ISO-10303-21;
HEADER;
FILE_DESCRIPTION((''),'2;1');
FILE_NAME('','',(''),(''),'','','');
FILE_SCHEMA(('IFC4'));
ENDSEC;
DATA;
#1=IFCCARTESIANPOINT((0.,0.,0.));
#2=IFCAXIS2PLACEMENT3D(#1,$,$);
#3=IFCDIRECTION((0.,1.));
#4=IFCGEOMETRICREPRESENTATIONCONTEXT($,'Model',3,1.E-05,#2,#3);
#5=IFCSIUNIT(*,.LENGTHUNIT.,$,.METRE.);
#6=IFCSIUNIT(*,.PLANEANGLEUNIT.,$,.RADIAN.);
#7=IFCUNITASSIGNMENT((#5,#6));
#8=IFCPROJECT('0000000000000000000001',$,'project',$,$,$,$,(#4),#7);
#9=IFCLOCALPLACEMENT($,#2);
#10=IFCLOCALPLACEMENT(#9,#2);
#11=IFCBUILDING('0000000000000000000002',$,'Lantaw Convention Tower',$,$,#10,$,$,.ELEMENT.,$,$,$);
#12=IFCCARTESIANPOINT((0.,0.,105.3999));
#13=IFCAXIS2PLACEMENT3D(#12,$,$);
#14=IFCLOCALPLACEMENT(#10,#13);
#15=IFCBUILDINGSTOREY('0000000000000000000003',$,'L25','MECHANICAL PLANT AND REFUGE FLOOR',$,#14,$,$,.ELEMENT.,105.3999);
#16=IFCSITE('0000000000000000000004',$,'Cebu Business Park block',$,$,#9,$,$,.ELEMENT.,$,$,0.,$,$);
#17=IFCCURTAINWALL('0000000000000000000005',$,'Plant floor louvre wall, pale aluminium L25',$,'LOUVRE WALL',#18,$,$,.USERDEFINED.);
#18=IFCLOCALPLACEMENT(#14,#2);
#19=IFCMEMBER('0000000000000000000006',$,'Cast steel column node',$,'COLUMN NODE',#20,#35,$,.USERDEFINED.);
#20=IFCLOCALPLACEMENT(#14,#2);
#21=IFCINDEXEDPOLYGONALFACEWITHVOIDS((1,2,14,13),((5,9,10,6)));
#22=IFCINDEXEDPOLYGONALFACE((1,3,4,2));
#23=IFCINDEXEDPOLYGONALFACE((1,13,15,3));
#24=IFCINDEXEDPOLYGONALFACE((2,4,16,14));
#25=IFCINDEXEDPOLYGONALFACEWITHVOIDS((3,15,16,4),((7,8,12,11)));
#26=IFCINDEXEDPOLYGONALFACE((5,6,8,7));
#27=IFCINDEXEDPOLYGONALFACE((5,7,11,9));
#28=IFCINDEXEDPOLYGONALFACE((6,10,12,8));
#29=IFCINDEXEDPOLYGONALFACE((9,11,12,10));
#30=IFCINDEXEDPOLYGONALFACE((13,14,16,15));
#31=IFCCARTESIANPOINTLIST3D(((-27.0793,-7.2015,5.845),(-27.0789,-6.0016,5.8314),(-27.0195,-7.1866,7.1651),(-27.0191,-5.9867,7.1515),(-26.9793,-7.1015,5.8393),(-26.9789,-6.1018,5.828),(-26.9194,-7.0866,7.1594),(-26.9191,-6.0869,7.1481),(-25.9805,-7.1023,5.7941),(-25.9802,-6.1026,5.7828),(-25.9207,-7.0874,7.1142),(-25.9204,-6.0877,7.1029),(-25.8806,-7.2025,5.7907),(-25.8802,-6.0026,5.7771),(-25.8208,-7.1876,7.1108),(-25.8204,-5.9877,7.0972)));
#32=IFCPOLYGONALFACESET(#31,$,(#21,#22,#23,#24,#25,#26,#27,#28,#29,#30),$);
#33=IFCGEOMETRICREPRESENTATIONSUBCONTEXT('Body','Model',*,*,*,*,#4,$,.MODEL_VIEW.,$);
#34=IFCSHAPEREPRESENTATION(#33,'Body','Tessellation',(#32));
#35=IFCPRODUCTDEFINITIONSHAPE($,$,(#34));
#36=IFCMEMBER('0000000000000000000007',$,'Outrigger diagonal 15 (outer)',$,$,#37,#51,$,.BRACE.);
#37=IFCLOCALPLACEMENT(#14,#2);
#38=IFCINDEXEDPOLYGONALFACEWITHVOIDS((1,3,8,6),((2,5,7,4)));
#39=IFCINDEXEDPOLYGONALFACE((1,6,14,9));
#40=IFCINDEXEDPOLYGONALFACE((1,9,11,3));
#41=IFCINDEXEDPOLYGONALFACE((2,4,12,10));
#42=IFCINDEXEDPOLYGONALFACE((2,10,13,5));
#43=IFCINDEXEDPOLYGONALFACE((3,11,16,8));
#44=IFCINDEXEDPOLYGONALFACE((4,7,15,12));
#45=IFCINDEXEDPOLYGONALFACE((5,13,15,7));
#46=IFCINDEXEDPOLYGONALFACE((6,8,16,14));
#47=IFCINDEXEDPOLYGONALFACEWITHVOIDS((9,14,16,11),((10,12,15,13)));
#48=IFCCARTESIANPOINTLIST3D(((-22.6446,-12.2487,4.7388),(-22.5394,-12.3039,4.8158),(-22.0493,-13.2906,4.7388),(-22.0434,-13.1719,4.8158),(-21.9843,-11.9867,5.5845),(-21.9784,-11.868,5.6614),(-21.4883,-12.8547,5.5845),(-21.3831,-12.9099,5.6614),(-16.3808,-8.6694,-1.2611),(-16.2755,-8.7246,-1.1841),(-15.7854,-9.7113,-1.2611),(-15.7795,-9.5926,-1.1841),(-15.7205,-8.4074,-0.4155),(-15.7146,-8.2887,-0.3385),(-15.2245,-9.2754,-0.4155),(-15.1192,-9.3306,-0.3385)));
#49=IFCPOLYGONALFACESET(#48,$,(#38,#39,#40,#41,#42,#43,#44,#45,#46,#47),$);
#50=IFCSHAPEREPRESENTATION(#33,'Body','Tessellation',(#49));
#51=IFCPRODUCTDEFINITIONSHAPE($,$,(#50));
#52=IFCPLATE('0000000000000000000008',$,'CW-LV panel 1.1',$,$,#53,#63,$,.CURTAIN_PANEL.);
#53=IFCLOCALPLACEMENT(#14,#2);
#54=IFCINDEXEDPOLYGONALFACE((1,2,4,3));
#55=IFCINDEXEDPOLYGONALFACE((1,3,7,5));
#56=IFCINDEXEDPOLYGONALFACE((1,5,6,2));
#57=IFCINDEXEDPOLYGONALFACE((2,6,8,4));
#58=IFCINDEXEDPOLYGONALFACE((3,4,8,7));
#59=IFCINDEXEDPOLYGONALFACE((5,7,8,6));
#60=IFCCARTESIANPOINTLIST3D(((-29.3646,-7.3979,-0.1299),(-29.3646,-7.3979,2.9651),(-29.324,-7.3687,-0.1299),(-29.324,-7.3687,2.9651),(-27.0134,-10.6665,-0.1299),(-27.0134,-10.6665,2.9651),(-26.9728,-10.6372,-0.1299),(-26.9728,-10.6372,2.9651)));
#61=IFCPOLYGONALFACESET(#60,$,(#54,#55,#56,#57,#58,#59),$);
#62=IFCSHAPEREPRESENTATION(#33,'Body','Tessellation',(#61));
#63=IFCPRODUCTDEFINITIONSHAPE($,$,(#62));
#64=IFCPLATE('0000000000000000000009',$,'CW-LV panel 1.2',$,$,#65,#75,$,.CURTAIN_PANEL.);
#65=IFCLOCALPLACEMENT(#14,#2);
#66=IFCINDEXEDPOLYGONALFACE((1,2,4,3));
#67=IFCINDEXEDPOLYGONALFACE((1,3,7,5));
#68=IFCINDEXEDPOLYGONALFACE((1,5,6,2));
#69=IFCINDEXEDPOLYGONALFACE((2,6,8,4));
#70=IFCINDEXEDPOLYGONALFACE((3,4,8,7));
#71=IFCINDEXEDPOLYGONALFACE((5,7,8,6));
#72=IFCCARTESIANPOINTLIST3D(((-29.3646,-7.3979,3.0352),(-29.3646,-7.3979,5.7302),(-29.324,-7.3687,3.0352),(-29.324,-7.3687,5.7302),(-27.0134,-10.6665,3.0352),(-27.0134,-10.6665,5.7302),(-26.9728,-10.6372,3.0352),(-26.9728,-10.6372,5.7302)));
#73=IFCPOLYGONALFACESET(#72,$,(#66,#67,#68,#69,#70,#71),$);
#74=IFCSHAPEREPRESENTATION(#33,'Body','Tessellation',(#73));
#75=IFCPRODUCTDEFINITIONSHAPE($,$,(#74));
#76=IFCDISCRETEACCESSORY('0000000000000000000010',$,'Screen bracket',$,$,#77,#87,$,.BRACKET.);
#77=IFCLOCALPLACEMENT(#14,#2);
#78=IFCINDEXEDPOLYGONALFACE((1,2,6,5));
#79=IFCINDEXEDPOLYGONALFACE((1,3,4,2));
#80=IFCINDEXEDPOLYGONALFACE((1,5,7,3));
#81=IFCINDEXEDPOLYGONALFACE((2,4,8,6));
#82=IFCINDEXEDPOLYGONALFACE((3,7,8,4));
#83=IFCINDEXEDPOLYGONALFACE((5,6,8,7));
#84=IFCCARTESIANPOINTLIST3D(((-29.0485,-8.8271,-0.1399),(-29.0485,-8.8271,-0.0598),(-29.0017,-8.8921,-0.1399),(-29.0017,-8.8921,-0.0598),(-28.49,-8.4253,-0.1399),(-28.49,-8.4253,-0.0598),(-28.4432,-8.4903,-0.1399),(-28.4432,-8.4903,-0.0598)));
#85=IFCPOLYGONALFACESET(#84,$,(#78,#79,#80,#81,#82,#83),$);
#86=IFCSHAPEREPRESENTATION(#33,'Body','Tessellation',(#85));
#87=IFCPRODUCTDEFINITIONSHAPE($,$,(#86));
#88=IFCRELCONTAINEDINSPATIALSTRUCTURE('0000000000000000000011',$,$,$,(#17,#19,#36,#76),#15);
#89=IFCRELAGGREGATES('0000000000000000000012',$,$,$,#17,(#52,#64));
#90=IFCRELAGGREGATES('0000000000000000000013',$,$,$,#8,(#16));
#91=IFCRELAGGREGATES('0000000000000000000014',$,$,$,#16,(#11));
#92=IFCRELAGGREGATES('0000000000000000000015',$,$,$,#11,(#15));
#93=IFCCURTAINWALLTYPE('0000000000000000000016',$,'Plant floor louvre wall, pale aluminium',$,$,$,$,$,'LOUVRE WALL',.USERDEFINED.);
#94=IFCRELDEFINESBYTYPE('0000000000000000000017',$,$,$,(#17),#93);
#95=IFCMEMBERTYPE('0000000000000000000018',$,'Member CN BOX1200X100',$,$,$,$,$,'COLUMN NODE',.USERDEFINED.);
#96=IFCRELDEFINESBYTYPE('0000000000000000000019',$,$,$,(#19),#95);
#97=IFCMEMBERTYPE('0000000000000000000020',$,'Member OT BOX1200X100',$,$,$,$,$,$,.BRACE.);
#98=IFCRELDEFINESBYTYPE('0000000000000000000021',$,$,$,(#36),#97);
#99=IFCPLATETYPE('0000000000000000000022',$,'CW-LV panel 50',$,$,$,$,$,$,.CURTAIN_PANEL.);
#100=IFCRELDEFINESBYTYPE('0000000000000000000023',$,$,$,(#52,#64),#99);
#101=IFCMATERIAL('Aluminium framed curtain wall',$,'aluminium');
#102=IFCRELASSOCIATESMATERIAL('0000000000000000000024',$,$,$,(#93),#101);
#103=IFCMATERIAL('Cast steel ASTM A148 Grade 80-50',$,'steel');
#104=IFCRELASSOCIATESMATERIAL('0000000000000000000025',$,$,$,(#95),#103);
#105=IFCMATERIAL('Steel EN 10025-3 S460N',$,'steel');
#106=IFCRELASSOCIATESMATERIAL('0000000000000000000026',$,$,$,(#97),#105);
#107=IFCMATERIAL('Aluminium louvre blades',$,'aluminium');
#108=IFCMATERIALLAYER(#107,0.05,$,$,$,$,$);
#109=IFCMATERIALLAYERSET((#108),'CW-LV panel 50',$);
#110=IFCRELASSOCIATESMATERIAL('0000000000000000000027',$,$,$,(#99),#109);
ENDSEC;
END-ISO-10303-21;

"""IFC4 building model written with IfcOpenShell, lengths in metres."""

from ifc_helpers import new_model, si_unit, direction, frame, origin, origin_2d, place, context, subcontext, project, spatial, rectangle, hollow_rectangle, extrude, material, layer, layer_set, material_profile, profile_set, type_object, element, aggregate, save


model = new_model("IFC4")

# Units and contexts
model_context = context("Model", 3, precision=1e-05, world=origin(), true_north=direction((0.0, 1.0)))
body_context = subcontext(model_context, "Body", "Model", "MODEL_VIEW")
ifc_project = project(units=[si_unit("LENGTHUNIT", "METRE"), si_unit("PLANEANGLEUNIT", "RADIAN")], contexts=[model_context])

# Site, building, storey
site_placement = place(None, origin())
site = spatial("IfcSite", under=ifc_project, at=site_placement, Name="Cebu Business Park block", CompositionType="ELEMENT", RefElevation=0.0)
building_placement = place(site_placement, origin())
building = spatial("IfcBuilding", under=site, at=building_placement, Name="Lantaw Convention Tower", CompositionType="ELEMENT")
storey_placement = place(building_placement, frame((0.0, 0.0, 105.3999)))
storey = spatial("IfcBuildingStorey", under=building, at=storey_placement, Name="L25", Description="MECHANICAL PLANT AND REFUGE FLOOR", CompositionType="ELEMENT", Elevation=105.3999)

# Shared definitions
ifc_material_1 = material(Name="Steel EN 10025-3 S460N", Category="steel")

# Curtain wall
ifc_material_2 = material(Name="Aluminium framed curtain wall", Category="aluminium")
curtain_wall_type = type_object("IfcCurtainWallType", Name="Plant floor louvre wall, pale aluminium", ElementType="LOUVRE WALL", PredefinedType="USERDEFINED", material=ifc_material_2)
curtain_wall_placement = place(storey_placement, origin())
curtain_wall = element("IfcCurtainWall", 1, at=curtain_wall_placement, inside=storey, type_object=curtain_wall_type, Name="Plant floor louvre wall, pale aluminium L25", ObjectType="LOUVRE WALL", PredefinedType="USERDEFINED")

# Members
ifc_material_3 = material(Name="Cast steel ASTM A148 Grade 80-50", Category="steel")
ifc_material_profile_1 = material_profile(ifc_material_3, hollow_rectangle(XDim=1.2, YDim=1.2, WallThickness=0.1001, at=origin_2d()), Name="BOX1200X100")
ifc_profile_set_1 = profile_set([ifc_material_profile_1], Name="Cast steel ASTM A148 Grade 80-50")
member_type_1 = type_object("IfcMemberType", Name="Member CN BOX1200X100", ElementType="COLUMN NODE", PredefinedType="USERDEFINED", material=ifc_profile_set_1)
member_1_placement = place(storey_placement, frame((-26.4797, -6.6021, 5.811), z_axis=(0.045262, 0.011269, 0.998912), x_axis=(0.998975, -0.000833, -0.045256)))
element("IfcMember", 2, at=member_1_placement, inside=storey, type_object=member_type_1, Name="Cast steel column node", ObjectType="COLUMN NODE", PredefinedType="USERDEFINED", context=body_context, shape_type="SweptSolid", body=[
    extrude(hollow_rectangle(XDim=1.2, YDim=1.2, WallThickness=0.1001, at=origin_2d()), origin(), (0.0, 0.0, 1.0), 1.3215),
])
ifc_material_profile_2 = material_profile(ifc_material_1, hollow_rectangle(XDim=1.2, YDim=1.2, WallThickness=0.1001, at=origin_2d()), Name="BOX1200X100")
ifc_profile_set_2 = profile_set([ifc_material_profile_2], Name="Steel EN 10025-3 S460N")
member_type_2 = type_object("IfcMemberType", Name="Member OT BOX1200X100", PredefinedType="BRACE", material=ifc_profile_set_2)
member_2_placement = place(storey_placement, frame((-15.75, -9.0, -0.7998), z_axis=(-0.667552, -0.381455, 0.639426), x_axis=(0.496135, -0.868245, 0.0)))
element("IfcMember", 3, at=member_2_placement, inside=storey, type_object=member_type_2, Name="Outrigger diagonal 15 (outer)", PredefinedType="BRACE", context=body_context, shape_type="SweptSolid", body=[
    extrude(hollow_rectangle(XDim=1.2, YDim=1.2, WallThickness=0.1001, at=origin_2d()), origin(), (0.0, 0.0, 1.0), 9.3833),
])

# Plates
ifc_material_4 = material(Name="Aluminium louvre blades", Category="aluminium")
ifc_layer = layer(ifc_material_4, 0.05)
ifc_layer_set = layer_set([ifc_layer], Name="CW-LV panel 50")
plate_type = type_object("IfcPlateType", Name="CW-LV panel 50", PredefinedType="CURTAIN_PANEL", material=ifc_layer_set)
plate_1_placement = place(storey_placement, frame((-28.1687, -9.0176, -0.1299), z_axis=(0.0, 0.0, 1.0), x_axis=(0.583951, -0.811789, 0.0)))
plate_1 = element("IfcPlate", 4, at=plate_1_placement, type_object=plate_type, Name="CW-LV panel 1.1", PredefinedType="CURTAIN_PANEL", context=body_context, shape_type="SweptSolid", body=[
    extrude(rectangle(XDim=4.0264, YDim=0.05, at=origin_2d()), origin(), (0.0, 0.0, 1.0), 3.095),
])
plate_2_placement = place(storey_placement, frame((-28.1687, -9.0176, 3.0352), z_axis=(0.0, 0.0, 1.0), x_axis=(0.583951, -0.811789, 0.0)))
plate_2 = element("IfcPlate", 5, at=plate_2_placement, type_object=plate_type, Name="CW-LV panel 1.2", PredefinedType="CURTAIN_PANEL", context=body_context, shape_type="SweptSolid", body=[
    extrude(rectangle(XDim=4.0264, YDim=0.05, at=origin_2d()), origin(), (0.0, 0.0, 1.0), 2.6951),
])
aggregate(curtain_wall, [plate_1, plate_2])

# Discrete accessory
discrete_accessory_placement = place(storey_placement, frame((-28.7458, -8.6587, -0.1399), z_axis=(0.0, 0.0, 1.0), x_axis=(0.583951, -0.811789, 0.0)))
element("IfcDiscreteAccessory", 6, at=discrete_accessory_placement, inside=storey, Name="Screen bracket", PredefinedType="BRACKET", context=body_context, shape_type="SweptSolid", body=[
    extrude(rectangle(XDim=0.0801, YDim=0.688, at=origin_2d()), origin(), (0.0, 0.0, 1.0), 0.0801),
])

save(model, "model.ifc")
